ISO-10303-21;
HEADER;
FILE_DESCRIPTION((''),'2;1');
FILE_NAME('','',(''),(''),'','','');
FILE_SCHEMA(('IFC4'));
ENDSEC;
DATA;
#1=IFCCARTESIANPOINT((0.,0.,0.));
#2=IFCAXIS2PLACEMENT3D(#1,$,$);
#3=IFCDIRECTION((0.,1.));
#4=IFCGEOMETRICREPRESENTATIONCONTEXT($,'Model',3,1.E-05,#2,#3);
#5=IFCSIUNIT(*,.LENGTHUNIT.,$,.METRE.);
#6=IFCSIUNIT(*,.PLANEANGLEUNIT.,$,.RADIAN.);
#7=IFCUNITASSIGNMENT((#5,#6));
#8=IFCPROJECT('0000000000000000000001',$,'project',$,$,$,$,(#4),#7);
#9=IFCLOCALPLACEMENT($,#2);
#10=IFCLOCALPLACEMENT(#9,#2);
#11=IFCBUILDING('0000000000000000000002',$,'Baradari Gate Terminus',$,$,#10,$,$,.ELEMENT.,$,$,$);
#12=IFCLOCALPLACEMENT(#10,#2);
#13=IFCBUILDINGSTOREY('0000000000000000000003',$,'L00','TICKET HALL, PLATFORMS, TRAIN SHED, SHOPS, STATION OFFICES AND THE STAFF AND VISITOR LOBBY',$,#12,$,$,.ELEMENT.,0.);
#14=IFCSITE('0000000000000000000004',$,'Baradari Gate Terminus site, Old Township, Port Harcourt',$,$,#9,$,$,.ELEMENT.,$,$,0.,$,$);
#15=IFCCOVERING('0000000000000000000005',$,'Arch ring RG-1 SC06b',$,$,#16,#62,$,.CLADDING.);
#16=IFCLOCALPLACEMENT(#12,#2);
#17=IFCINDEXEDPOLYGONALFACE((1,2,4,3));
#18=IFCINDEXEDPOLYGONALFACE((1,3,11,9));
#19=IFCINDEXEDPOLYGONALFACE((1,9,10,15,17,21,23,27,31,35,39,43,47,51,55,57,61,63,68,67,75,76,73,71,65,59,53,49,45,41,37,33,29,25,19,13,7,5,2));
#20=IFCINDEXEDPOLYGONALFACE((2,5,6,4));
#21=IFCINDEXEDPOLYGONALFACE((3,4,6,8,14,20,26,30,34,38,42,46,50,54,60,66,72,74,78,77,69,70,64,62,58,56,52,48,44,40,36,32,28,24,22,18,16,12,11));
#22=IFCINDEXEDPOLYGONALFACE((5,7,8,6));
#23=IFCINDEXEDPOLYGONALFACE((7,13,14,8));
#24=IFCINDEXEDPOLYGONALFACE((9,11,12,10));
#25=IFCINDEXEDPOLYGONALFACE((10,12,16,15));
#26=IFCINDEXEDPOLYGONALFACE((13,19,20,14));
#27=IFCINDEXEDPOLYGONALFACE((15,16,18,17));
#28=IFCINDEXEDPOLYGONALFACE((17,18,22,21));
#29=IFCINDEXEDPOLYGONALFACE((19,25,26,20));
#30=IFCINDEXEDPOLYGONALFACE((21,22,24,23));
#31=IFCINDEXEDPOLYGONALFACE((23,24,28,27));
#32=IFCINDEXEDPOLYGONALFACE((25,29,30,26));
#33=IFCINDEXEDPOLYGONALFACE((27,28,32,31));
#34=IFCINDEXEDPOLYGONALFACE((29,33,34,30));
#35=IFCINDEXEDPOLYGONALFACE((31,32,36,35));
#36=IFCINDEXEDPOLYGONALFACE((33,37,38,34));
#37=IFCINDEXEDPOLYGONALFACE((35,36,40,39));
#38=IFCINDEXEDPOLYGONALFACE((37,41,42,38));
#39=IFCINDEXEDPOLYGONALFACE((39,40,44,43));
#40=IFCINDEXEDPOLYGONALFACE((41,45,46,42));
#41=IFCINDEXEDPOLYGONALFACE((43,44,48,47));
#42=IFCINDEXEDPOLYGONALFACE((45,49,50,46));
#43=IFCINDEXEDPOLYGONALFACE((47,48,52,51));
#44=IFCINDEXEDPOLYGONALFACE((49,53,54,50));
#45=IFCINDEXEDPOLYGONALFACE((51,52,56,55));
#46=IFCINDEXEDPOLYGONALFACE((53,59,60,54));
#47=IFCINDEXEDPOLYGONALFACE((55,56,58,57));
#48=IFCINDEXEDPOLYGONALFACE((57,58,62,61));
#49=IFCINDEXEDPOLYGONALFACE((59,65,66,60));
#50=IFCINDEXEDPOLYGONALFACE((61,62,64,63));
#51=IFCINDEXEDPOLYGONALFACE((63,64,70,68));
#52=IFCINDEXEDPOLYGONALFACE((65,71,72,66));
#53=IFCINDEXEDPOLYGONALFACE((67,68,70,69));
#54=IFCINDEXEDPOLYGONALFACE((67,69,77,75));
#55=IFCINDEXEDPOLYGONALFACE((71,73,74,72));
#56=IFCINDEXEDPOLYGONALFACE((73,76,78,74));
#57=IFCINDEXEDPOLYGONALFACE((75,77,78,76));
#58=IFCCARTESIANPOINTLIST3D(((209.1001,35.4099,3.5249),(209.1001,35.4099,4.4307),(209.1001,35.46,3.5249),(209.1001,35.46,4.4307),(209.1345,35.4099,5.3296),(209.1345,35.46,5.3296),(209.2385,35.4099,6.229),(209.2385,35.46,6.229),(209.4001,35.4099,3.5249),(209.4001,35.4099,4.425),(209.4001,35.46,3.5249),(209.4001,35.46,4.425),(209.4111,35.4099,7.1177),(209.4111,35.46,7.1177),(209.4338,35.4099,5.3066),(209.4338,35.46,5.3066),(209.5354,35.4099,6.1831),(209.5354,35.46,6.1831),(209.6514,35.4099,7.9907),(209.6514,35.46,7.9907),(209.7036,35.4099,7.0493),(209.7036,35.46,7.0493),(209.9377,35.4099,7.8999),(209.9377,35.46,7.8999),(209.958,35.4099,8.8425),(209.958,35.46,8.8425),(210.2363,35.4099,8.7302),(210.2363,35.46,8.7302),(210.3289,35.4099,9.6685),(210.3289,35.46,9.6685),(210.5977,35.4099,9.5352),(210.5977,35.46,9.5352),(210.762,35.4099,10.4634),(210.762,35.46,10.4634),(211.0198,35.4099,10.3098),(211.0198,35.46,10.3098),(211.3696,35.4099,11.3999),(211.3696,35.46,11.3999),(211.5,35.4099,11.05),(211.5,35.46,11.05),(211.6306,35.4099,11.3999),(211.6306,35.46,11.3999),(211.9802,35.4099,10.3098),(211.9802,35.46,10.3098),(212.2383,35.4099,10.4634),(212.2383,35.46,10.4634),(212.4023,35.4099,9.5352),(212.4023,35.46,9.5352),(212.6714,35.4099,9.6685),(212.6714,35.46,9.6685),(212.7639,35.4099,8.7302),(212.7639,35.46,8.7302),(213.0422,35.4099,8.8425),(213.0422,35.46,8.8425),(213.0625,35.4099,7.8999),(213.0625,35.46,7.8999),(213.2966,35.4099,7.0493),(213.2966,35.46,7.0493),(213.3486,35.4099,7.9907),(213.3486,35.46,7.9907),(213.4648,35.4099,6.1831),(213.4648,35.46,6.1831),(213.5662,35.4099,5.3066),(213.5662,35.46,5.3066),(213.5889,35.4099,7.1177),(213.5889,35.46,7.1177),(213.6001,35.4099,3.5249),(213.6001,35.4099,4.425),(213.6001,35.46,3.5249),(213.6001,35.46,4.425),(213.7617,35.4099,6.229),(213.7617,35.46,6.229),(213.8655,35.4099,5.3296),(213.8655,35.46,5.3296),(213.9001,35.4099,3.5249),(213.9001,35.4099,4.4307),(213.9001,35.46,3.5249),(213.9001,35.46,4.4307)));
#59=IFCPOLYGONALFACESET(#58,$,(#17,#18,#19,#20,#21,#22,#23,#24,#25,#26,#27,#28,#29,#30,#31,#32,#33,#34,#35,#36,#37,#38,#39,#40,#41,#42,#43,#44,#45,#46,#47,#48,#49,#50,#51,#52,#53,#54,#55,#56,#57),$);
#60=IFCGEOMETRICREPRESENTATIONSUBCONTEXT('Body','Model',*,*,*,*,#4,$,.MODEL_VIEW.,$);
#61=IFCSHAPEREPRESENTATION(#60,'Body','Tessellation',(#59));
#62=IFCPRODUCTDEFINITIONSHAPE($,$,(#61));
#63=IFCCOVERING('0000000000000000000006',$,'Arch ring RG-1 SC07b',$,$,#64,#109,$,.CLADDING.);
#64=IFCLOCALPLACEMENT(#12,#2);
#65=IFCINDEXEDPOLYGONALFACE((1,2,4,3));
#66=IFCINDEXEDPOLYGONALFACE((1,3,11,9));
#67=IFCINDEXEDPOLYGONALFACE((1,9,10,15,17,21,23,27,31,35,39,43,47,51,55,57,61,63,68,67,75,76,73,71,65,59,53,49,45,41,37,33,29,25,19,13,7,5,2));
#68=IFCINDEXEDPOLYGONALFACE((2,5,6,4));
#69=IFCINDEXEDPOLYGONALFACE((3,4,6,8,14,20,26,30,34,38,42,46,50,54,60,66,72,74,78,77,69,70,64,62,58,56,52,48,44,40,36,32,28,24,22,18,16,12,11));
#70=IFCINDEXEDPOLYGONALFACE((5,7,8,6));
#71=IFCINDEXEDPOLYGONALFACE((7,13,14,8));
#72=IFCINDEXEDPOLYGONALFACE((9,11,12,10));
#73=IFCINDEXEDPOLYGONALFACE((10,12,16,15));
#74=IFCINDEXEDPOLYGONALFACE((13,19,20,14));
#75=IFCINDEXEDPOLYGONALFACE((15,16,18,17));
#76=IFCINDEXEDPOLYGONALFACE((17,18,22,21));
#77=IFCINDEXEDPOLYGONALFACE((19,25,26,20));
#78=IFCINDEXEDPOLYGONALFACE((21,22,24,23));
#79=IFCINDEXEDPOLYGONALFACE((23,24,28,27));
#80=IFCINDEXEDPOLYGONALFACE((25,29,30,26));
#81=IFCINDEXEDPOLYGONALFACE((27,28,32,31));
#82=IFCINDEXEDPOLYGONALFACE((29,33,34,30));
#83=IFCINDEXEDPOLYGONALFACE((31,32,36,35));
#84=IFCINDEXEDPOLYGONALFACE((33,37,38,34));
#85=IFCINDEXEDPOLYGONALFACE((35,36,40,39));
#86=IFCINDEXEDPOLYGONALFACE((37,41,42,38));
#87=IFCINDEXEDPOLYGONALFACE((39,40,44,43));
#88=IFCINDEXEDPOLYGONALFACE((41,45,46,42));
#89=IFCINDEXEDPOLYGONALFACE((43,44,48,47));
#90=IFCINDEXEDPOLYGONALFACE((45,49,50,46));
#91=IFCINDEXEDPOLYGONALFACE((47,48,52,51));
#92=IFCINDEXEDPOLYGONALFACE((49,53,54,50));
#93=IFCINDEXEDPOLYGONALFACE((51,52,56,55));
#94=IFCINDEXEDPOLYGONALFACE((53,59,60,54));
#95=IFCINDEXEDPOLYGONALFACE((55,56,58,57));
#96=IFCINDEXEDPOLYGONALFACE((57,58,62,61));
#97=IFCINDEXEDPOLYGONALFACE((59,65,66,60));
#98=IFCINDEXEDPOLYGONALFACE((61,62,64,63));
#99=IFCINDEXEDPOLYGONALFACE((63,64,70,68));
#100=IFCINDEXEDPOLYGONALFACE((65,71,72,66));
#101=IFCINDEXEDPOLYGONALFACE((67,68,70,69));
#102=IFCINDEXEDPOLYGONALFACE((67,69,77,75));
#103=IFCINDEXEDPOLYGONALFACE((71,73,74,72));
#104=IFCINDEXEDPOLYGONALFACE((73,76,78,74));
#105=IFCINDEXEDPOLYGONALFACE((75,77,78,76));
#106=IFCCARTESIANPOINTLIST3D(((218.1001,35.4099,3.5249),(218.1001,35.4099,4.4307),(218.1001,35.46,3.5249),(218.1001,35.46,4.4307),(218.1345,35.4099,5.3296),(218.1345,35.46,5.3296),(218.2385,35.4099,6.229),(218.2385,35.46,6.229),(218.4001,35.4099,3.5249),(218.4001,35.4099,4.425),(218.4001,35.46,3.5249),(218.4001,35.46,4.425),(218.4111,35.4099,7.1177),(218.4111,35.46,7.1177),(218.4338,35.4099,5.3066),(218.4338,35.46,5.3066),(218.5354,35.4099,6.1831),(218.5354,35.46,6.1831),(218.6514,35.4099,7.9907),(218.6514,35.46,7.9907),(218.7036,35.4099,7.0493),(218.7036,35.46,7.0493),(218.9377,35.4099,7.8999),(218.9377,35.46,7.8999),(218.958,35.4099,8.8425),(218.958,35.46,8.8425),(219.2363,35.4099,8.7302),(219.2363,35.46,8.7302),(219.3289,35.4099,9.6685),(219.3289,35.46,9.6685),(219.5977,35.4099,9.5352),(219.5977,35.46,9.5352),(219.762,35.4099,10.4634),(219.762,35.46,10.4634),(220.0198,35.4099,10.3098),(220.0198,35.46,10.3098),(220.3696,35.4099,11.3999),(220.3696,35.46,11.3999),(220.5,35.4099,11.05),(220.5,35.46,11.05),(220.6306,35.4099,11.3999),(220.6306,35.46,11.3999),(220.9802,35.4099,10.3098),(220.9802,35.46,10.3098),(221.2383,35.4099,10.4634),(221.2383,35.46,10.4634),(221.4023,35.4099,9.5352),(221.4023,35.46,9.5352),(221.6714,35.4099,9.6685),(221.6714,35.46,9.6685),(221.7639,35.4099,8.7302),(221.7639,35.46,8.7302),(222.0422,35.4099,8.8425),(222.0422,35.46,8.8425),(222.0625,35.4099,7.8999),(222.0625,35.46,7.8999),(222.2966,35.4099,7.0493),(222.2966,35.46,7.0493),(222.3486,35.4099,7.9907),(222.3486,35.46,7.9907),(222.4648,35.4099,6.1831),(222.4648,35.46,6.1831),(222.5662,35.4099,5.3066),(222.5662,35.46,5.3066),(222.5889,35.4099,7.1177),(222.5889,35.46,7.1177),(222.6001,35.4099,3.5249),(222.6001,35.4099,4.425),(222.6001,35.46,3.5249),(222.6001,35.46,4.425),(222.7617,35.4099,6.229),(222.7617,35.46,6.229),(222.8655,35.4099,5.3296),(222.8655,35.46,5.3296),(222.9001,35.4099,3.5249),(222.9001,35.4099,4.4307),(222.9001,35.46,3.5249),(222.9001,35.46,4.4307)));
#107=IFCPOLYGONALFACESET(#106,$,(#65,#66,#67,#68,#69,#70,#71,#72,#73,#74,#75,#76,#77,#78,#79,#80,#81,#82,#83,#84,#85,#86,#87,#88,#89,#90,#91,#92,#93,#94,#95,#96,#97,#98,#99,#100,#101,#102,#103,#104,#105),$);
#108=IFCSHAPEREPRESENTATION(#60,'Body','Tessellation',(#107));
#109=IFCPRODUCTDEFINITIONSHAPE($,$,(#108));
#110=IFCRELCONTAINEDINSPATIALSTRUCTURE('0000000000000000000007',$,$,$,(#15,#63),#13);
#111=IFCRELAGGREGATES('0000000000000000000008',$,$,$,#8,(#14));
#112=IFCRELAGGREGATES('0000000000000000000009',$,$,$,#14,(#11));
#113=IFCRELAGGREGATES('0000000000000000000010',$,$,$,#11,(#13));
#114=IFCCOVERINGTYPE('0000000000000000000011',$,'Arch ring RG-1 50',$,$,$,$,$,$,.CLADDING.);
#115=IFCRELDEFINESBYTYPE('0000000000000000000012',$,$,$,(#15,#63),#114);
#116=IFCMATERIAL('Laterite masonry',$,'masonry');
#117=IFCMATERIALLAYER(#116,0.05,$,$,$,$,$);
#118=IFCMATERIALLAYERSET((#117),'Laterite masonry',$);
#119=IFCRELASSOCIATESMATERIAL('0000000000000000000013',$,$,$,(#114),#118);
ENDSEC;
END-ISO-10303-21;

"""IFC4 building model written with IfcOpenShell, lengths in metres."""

from ifc_helpers import new_model, si_unit, direction, frame, origin, place, context, subcontext, project, spatial, polyline, outline, extrude, material, layer, layer_set, type_object, element, save


model = new_model("IFC4")

# Units and contexts
model_context = context("Model", 3, precision=1e-05, world=origin(), true_north=direction((0.0, 1.0)))
body_context = subcontext(model_context, "Body", "Model", "MODEL_VIEW")
ifc_project = project(units=[si_unit("LENGTHUNIT", "METRE"), si_unit("PLANEANGLEUNIT", "RADIAN")], contexts=[model_context])

# Site, building, storey
site_placement = place(None, origin())
site = spatial("IfcSite", under=ifc_project, at=site_placement, Name="Baradari Gate Terminus site, Old Township, Port Harcourt", CompositionType="ELEMENT", RefElevation=0.0)
building_placement = place(site_placement, origin())
building = spatial("IfcBuilding", under=site, at=building_placement, Name="Baradari Gate Terminus", CompositionType="ELEMENT")
storey_placement = place(building_placement, origin())
storey = spatial("IfcBuildingStorey", under=building, at=storey_placement, Name="L00", Description="TICKET HALL, PLATFORMS, TRAIN SHED, SHOPS, STATION OFFICES AND THE STAFF AND VISITOR LOBBY", CompositionType="ELEMENT", Elevation=0.0)

# Coverings
ifc_material_1 = material(Name="Laterite masonry", Category="masonry")
ifc_layer_1 = layer(ifc_material_1, 0.05)
ifc_layer_set_1 = layer_set([ifc_layer_1], Name="Laterite masonry")
covering_type = type_object("IfcCoveringType", Name="Arch ring RG-1 50", PredefinedType="CLADDING", material=ifc_layer_set_1)
for number, where, z_axis, x_axis, name in (
    (1, (209.1001, 35.4351, 3.5249), (0.0, 0.0, 1.0), (1.0, 0.0, 0.0), "Arch ring RG-1 SC06b"),
    (2, (218.1001, 35.4351, 3.5249), (0.0, 0.0, 1.0), (1.0, 0.0, 0.0), "Arch ring RG-1 SC07b"),
):
    element("IfcCovering", number, at=place(storey_placement, frame(where, z_axis=z_axis, x_axis=x_axis)), inside=storey, type_object=covering_type, Name=name, PredefinedType="CLADDING", context=body_context, shape_type="SweptSolid", body=[
        extrude(outline(polyline([(0.0344, 1.8047), (0.0, 0.9058), (0.0, 0.0), (0.3, 0.0), (0.3, 0.9001), (0.3337, 1.7817), (0.4353, 2.6582), (0.6035, 3.5244), (0.8376, 4.375), (1.1362, 5.2053), (1.4976, 6.0103), (1.9197, 6.7849), (2.3999, 7.5251), (2.8801, 6.7849), (3.3022, 6.0103), (3.6638, 5.2053), (3.9624, 4.375), (4.1965, 3.5244), (4.3647, 2.6582), (4.4661, 1.7817), (4.5, 0.9001), (4.5, 0.0), (4.8, 0.0), (4.8, 0.9058), (4.7654, 1.8047), (4.6616, 2.7041), (4.4888, 3.5928), (4.2485, 4.4658), (3.9421, 5.3176), (3.5713, 6.1436), (3.1382, 6.9385), (2.5305, 7.875), (2.2695, 7.875), (1.6619, 6.9385), (1.2288, 6.1436), (0.8579, 5.3176), (0.5513, 4.4658), (0.311, 3.5928), (0.1384, 2.7041), (0.0344, 1.8047)])), frame((0.0, 0.0249, 0.0), z_axis=(0.0, -1.0, 0.0), x_axis=(1.0, 0.0, 0.0)), (0.0, 0.0, 1.0), 0.05),
    ])

save(model, "model.ifc")
